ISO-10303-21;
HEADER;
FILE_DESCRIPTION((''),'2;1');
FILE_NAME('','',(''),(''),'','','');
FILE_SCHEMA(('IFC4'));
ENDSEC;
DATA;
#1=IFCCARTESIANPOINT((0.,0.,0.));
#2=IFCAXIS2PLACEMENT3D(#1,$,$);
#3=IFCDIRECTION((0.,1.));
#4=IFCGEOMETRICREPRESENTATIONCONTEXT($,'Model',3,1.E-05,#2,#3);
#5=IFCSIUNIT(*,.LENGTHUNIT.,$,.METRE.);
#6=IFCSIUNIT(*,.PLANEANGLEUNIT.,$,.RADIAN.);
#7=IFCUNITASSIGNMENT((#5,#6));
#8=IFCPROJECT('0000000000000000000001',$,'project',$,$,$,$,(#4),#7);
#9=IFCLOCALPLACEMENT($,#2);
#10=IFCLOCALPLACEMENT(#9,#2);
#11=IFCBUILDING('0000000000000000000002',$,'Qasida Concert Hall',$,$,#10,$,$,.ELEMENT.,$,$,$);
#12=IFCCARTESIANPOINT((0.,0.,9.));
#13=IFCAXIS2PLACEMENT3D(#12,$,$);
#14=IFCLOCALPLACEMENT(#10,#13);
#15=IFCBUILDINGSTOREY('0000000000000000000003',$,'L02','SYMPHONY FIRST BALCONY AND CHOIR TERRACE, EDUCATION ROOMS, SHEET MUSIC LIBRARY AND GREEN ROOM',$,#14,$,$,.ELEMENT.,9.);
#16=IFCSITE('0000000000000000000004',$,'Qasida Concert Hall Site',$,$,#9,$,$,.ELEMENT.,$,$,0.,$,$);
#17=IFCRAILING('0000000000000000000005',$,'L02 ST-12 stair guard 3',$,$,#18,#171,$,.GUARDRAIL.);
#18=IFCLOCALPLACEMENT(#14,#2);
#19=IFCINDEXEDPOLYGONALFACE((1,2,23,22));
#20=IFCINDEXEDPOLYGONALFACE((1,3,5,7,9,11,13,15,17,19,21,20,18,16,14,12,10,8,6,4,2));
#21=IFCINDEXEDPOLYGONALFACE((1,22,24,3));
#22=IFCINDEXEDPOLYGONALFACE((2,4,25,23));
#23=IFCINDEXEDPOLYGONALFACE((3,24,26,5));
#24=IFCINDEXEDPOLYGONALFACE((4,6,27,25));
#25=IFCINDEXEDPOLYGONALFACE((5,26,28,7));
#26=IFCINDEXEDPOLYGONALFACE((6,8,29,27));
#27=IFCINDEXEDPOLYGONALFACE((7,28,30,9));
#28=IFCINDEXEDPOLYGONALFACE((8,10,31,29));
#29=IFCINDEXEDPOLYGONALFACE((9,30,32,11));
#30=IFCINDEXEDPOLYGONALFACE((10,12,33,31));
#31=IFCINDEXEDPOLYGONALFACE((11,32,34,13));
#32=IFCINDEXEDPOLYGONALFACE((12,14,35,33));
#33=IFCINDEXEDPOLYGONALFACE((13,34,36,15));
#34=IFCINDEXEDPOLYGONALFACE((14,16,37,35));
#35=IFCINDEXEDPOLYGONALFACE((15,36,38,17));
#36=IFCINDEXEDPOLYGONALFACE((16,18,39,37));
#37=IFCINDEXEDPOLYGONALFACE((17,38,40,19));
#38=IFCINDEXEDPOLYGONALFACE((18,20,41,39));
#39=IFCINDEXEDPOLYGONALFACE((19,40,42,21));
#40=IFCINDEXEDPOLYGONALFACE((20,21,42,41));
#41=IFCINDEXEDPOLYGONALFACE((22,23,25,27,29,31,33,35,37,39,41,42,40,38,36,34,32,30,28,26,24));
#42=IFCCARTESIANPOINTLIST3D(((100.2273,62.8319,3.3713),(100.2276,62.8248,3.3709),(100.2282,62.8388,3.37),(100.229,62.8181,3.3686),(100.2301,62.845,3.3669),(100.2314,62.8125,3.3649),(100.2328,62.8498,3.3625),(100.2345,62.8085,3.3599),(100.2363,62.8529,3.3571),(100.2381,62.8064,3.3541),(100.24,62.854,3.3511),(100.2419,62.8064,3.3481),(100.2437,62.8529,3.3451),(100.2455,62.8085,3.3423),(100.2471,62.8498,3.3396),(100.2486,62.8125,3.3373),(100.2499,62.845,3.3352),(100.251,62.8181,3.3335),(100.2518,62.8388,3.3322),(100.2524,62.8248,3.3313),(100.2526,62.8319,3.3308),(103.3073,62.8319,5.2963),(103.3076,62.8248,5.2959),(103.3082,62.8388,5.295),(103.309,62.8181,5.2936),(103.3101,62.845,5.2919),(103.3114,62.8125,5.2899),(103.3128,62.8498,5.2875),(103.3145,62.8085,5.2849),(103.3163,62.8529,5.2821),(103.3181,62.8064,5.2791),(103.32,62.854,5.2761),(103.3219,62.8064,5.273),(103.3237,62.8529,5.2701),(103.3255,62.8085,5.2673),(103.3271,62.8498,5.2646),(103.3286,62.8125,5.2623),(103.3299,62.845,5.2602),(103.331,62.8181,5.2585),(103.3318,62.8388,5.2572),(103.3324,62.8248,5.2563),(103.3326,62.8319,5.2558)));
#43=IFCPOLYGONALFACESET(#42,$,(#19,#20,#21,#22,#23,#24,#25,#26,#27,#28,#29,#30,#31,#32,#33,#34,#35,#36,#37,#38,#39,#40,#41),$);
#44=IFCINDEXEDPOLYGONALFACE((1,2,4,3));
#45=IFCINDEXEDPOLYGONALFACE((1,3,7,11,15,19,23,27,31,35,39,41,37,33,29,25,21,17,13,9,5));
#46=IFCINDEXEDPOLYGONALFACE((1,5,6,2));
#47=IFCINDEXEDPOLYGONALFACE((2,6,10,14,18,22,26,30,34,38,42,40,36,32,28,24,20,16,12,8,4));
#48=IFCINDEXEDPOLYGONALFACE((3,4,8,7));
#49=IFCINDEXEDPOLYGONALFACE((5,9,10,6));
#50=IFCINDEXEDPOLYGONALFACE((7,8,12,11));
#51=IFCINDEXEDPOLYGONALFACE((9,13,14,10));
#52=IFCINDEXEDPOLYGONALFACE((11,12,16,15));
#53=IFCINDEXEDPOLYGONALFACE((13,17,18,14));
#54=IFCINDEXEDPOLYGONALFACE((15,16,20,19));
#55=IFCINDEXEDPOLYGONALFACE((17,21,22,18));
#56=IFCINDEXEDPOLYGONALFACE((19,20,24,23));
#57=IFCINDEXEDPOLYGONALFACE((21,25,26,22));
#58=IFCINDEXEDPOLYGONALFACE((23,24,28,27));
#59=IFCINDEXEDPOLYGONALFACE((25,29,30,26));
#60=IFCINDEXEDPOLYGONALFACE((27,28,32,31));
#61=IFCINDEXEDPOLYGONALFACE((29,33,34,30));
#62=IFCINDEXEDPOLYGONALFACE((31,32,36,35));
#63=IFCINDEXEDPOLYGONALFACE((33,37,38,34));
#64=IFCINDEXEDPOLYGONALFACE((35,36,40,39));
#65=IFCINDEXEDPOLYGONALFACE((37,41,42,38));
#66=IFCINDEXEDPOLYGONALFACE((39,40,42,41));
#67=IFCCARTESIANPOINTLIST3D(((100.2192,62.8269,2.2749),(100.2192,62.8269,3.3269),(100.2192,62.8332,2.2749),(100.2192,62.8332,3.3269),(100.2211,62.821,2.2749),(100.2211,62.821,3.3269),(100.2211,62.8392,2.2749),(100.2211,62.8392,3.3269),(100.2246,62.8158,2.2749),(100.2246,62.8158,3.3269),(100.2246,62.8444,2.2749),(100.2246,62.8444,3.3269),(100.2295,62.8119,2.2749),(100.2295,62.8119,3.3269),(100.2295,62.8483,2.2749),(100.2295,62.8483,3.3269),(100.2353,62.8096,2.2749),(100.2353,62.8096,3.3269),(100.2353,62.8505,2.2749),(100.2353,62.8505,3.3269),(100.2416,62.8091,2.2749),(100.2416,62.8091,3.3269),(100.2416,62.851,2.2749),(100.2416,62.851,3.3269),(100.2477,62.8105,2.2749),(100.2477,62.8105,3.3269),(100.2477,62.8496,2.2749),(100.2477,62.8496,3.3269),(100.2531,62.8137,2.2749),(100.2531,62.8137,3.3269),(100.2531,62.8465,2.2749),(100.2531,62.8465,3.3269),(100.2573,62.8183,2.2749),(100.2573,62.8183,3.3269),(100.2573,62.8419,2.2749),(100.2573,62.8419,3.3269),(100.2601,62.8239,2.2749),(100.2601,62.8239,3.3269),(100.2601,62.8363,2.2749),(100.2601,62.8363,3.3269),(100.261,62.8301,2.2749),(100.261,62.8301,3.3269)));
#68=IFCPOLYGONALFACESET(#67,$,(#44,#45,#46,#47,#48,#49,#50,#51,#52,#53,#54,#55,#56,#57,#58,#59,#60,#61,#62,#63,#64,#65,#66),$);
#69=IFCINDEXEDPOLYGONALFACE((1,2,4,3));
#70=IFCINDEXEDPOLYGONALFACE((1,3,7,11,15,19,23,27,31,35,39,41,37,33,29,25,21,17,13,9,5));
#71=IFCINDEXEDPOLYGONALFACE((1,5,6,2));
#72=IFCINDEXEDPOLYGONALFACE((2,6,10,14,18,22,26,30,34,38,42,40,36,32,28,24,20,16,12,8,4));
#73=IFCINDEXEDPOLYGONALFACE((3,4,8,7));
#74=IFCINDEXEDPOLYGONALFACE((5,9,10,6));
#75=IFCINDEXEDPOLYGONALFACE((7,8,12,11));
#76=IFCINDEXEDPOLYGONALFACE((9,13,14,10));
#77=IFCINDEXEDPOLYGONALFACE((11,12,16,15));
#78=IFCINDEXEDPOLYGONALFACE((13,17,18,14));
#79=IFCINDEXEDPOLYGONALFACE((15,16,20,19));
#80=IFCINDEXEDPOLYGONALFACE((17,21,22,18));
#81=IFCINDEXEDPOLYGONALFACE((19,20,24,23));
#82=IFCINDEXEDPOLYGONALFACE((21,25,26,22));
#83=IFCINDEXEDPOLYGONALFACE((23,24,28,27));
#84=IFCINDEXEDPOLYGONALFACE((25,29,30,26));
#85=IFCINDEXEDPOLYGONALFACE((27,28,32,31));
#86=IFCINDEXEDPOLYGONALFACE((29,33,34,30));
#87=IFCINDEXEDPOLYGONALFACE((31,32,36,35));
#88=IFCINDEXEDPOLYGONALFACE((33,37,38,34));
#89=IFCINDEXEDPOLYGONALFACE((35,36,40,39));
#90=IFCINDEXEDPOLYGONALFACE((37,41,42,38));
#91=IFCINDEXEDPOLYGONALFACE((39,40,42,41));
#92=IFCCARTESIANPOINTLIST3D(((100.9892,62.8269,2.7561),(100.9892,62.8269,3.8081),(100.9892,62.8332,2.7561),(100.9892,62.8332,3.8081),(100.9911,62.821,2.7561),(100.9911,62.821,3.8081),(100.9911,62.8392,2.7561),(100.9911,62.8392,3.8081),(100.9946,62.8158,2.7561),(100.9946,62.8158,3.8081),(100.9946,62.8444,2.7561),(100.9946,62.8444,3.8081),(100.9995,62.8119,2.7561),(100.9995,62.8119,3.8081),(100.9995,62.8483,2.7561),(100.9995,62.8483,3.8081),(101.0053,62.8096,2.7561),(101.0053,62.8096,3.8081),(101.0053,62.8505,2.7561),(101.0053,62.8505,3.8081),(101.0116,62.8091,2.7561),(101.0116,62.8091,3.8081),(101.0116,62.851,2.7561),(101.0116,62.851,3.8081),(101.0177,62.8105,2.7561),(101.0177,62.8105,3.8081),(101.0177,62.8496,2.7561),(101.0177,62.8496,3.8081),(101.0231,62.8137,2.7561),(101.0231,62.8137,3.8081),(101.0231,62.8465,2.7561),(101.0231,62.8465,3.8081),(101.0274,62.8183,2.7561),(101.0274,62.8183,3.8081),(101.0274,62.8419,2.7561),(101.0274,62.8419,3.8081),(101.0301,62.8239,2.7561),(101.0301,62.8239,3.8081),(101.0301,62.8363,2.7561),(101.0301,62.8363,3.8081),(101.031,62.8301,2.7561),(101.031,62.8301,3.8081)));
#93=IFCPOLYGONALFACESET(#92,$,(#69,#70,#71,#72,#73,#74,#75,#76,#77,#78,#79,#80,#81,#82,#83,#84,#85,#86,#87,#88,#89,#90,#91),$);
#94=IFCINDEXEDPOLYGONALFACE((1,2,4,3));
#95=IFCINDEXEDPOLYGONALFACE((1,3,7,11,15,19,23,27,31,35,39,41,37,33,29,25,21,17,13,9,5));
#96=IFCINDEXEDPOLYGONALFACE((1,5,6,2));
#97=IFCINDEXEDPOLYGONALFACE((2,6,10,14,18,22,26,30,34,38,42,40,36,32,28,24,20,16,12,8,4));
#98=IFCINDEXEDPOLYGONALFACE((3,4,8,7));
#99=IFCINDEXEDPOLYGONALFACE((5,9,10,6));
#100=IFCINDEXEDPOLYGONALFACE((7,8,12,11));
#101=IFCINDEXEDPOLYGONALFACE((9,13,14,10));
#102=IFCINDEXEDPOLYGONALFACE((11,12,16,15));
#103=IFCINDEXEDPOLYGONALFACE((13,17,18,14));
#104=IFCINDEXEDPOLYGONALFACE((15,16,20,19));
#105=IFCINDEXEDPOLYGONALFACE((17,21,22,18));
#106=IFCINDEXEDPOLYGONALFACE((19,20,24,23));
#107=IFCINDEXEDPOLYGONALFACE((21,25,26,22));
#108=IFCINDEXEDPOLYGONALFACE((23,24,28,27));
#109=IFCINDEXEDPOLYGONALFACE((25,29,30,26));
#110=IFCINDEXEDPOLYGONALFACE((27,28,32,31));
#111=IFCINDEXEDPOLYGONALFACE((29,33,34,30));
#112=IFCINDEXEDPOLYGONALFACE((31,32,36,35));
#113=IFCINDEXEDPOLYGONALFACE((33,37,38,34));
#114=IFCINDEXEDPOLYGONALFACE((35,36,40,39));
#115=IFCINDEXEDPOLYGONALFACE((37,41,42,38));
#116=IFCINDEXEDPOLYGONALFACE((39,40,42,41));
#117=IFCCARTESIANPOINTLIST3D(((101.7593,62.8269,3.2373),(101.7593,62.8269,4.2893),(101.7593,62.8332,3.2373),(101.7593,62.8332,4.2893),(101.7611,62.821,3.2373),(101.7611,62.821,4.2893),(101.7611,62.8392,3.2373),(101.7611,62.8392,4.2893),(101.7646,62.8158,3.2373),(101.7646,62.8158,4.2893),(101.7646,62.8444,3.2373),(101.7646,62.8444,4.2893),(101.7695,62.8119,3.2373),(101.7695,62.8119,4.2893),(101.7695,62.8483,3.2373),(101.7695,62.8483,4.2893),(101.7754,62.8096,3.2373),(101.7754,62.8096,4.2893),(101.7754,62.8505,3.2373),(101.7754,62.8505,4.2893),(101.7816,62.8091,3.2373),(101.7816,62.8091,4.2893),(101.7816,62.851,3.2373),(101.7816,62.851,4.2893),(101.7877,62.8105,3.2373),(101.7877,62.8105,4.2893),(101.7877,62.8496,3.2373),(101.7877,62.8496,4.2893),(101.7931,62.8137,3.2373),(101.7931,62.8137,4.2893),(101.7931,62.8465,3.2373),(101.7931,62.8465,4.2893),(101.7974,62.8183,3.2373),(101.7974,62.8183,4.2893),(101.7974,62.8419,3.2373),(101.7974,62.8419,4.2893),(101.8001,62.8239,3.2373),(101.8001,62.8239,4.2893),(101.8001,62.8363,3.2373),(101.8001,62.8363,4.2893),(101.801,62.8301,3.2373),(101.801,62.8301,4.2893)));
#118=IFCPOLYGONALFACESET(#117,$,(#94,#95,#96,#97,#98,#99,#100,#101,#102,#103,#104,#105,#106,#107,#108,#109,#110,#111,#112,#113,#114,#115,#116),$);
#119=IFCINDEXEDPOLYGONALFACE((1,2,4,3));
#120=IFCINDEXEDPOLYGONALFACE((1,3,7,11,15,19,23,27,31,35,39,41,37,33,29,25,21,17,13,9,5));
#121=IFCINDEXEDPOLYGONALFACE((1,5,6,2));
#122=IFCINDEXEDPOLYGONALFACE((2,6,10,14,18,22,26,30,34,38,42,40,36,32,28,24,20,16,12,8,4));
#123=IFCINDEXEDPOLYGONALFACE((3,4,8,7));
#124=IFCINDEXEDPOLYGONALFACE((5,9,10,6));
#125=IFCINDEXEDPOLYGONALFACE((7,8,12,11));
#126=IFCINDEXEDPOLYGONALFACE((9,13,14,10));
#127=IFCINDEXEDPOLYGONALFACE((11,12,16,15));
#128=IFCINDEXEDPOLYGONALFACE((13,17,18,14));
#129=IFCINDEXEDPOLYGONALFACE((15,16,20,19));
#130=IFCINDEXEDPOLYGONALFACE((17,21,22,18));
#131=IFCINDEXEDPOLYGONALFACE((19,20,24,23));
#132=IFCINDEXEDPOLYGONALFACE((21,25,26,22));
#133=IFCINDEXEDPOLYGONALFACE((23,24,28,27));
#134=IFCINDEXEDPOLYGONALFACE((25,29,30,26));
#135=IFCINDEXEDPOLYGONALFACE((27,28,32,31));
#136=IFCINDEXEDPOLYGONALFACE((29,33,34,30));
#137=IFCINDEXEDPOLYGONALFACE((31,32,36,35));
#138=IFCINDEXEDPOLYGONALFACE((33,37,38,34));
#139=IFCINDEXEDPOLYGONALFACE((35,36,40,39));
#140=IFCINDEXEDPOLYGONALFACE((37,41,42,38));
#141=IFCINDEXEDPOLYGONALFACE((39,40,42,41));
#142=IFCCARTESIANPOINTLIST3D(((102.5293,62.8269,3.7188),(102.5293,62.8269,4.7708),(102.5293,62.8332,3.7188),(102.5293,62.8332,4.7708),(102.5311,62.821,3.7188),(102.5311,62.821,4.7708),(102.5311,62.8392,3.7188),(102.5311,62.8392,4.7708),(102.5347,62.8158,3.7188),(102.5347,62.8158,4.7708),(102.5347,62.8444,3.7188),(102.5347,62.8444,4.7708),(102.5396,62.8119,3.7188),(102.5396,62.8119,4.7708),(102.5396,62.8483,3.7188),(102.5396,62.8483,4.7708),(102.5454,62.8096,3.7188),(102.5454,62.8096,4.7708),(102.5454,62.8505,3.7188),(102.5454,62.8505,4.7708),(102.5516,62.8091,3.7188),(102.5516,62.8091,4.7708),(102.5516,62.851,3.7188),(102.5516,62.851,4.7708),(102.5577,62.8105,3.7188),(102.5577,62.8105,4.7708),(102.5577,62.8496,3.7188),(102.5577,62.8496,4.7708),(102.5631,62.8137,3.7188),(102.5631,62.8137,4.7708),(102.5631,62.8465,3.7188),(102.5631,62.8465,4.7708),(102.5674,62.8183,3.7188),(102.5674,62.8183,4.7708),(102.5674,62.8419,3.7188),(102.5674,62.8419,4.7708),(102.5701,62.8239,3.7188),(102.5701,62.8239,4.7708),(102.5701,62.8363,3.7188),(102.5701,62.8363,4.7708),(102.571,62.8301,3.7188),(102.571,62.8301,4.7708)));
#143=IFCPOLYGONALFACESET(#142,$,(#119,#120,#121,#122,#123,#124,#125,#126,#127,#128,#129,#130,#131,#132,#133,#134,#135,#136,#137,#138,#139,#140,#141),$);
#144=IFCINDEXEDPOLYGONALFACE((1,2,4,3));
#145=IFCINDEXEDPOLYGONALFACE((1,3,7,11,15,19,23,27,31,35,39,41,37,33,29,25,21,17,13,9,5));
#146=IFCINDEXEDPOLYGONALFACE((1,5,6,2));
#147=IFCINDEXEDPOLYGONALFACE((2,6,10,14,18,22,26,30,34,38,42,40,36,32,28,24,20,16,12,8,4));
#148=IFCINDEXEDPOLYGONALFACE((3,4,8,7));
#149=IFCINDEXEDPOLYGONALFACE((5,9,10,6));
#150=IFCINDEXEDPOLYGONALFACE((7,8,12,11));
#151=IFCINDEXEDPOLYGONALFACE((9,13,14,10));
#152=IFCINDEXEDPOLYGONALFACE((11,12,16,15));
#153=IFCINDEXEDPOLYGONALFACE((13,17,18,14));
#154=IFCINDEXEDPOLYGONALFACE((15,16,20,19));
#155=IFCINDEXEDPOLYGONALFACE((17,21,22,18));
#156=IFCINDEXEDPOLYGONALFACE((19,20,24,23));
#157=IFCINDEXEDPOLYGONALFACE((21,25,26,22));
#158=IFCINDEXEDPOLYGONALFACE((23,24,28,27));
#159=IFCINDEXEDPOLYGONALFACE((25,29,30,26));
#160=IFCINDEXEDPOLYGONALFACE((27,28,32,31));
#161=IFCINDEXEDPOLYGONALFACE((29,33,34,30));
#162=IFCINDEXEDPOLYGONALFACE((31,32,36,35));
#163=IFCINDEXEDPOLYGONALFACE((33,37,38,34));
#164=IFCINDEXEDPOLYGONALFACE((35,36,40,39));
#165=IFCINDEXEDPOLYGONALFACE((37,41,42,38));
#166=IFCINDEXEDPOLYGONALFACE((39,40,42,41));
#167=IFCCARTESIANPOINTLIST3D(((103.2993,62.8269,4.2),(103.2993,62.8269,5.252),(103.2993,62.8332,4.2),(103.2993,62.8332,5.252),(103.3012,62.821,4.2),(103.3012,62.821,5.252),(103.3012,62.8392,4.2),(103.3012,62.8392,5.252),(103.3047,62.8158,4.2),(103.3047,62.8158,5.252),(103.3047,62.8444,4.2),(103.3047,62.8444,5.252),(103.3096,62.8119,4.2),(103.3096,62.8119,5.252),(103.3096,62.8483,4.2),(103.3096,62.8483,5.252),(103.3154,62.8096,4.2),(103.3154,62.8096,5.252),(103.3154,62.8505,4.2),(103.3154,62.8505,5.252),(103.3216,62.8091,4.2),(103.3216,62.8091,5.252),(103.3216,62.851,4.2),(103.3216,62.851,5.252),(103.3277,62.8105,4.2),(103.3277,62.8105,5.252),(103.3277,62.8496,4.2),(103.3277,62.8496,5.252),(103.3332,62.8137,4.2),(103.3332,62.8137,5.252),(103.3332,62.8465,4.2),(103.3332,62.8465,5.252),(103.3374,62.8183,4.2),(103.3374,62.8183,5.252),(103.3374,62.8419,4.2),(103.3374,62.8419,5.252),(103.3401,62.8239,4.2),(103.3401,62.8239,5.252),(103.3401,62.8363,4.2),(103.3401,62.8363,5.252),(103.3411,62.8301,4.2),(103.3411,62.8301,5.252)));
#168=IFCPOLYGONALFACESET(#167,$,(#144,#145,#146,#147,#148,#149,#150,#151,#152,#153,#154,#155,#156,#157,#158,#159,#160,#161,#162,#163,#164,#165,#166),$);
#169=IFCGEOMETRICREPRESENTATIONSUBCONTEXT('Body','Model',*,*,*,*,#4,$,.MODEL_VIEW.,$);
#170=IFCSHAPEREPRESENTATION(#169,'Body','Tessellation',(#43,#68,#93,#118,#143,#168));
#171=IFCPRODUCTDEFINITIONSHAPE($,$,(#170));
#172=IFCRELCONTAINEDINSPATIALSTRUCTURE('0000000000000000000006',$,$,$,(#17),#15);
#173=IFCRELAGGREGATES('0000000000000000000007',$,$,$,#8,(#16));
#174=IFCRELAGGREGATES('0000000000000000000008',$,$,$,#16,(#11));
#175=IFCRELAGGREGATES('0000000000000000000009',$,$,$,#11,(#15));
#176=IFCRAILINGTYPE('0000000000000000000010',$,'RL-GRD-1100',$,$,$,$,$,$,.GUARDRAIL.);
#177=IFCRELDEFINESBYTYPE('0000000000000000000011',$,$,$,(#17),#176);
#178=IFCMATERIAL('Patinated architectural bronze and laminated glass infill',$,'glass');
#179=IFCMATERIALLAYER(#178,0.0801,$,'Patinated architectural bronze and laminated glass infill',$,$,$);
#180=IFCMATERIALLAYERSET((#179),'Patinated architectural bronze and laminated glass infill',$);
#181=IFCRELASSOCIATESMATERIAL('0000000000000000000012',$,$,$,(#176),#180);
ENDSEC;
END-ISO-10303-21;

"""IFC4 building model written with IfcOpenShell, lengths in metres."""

from ifc_helpers import new_model, si_unit, direction, frame, origin, origin_2d, place, context, subcontext, project, spatial, circle, extrude, material, layer, layer_set, type_object, element, save


model = new_model("IFC4")

# Units and contexts
model_context = context("Model", 3, precision=1e-05, world=origin(), true_north=direction((0.0, 1.0)))
body_context = subcontext(model_context, "Body", "Model", "MODEL_VIEW")
ifc_project = project(units=[si_unit("LENGTHUNIT", "METRE"), si_unit("PLANEANGLEUNIT", "RADIAN")], contexts=[model_context])

# Site, building, storey
site_placement = place(None, origin())
site = spatial("IfcSite", under=ifc_project, at=site_placement, Name="Qasida Concert Hall Site", CompositionType="ELEMENT", RefElevation=0.0)
building_placement = place(site_placement, origin())
building = spatial("IfcBuilding", under=site, at=building_placement, Name="Qasida Concert Hall", CompositionType="ELEMENT")
storey_placement = place(building_placement, frame((0.0, 0.0, 9.0)))
storey = spatial("IfcBuildingStorey", under=building, at=storey_placement, Name="L02", Description="SYMPHONY FIRST BALCONY AND CHOIR TERRACE, EDUCATION ROOMS, SHEET MUSIC LIBRARY AND GREEN ROOM", CompositionType="ELEMENT", Elevation=9.0)

# Railing
ifc_material_1 = material(Name="Patinated architectural bronze and laminated glass infill", Category="glass")
ifc_layer_1 = layer(ifc_material_1, 0.0801, Name="Patinated architectural bronze and laminated glass infill")
ifc_layer_set_1 = layer_set([ifc_layer_1], Name="Patinated architectural bronze and laminated glass infill")
railing_type_1 = type_object("IfcRailingType", Name="RL-GRD-1100", PredefinedType="GUARDRAIL", material=ifc_layer_set_1)
railing_1_placement = place(storey_placement, frame((100.24, 62.8301, 2.2749)))
element("IfcRailing", 1, at=railing_1_placement, inside=storey, type_object=railing_type_1, Name="L02 ST-12 stair guard 3", PredefinedType="GUARDRAIL", context=body_context, shape_type="SweptSolid", body=[
    extrude(circle(Radius=0.0239, at=origin_2d()), frame((0.0, 0.0, 1.0762), z_axis=(0.847998, 0.0, 0.529999), x_axis=(0.0, 1.0, 0.0)), (0.0, 0.0, 1.0), 3.6321),
    extrude(circle(Radius=0.021, at=origin_2d()), origin(), (0.0, 0.0, 1.0), 1.052),
    extrude(circle(Radius=0.021, at=origin_2d()), frame((0.77, 0.0, 0.4812)), (0.0, 0.0, 1.0), 1.052),
    extrude(circle(Radius=0.021, at=origin_2d()), frame((1.54, 0.0, 0.9624)), (0.0, 0.0, 1.0), 1.052),
    extrude(circle(Radius=0.021, at=origin_2d()), frame((2.3101, 0.0, 1.4438)), (0.0, 0.0, 1.0), 1.052),
    extrude(circle(Radius=0.021, at=origin_2d()), frame((3.0801, 0.0, 1.925)), (0.0, 0.0, 1.0), 1.052),
])

save(model, "model.ifc")
